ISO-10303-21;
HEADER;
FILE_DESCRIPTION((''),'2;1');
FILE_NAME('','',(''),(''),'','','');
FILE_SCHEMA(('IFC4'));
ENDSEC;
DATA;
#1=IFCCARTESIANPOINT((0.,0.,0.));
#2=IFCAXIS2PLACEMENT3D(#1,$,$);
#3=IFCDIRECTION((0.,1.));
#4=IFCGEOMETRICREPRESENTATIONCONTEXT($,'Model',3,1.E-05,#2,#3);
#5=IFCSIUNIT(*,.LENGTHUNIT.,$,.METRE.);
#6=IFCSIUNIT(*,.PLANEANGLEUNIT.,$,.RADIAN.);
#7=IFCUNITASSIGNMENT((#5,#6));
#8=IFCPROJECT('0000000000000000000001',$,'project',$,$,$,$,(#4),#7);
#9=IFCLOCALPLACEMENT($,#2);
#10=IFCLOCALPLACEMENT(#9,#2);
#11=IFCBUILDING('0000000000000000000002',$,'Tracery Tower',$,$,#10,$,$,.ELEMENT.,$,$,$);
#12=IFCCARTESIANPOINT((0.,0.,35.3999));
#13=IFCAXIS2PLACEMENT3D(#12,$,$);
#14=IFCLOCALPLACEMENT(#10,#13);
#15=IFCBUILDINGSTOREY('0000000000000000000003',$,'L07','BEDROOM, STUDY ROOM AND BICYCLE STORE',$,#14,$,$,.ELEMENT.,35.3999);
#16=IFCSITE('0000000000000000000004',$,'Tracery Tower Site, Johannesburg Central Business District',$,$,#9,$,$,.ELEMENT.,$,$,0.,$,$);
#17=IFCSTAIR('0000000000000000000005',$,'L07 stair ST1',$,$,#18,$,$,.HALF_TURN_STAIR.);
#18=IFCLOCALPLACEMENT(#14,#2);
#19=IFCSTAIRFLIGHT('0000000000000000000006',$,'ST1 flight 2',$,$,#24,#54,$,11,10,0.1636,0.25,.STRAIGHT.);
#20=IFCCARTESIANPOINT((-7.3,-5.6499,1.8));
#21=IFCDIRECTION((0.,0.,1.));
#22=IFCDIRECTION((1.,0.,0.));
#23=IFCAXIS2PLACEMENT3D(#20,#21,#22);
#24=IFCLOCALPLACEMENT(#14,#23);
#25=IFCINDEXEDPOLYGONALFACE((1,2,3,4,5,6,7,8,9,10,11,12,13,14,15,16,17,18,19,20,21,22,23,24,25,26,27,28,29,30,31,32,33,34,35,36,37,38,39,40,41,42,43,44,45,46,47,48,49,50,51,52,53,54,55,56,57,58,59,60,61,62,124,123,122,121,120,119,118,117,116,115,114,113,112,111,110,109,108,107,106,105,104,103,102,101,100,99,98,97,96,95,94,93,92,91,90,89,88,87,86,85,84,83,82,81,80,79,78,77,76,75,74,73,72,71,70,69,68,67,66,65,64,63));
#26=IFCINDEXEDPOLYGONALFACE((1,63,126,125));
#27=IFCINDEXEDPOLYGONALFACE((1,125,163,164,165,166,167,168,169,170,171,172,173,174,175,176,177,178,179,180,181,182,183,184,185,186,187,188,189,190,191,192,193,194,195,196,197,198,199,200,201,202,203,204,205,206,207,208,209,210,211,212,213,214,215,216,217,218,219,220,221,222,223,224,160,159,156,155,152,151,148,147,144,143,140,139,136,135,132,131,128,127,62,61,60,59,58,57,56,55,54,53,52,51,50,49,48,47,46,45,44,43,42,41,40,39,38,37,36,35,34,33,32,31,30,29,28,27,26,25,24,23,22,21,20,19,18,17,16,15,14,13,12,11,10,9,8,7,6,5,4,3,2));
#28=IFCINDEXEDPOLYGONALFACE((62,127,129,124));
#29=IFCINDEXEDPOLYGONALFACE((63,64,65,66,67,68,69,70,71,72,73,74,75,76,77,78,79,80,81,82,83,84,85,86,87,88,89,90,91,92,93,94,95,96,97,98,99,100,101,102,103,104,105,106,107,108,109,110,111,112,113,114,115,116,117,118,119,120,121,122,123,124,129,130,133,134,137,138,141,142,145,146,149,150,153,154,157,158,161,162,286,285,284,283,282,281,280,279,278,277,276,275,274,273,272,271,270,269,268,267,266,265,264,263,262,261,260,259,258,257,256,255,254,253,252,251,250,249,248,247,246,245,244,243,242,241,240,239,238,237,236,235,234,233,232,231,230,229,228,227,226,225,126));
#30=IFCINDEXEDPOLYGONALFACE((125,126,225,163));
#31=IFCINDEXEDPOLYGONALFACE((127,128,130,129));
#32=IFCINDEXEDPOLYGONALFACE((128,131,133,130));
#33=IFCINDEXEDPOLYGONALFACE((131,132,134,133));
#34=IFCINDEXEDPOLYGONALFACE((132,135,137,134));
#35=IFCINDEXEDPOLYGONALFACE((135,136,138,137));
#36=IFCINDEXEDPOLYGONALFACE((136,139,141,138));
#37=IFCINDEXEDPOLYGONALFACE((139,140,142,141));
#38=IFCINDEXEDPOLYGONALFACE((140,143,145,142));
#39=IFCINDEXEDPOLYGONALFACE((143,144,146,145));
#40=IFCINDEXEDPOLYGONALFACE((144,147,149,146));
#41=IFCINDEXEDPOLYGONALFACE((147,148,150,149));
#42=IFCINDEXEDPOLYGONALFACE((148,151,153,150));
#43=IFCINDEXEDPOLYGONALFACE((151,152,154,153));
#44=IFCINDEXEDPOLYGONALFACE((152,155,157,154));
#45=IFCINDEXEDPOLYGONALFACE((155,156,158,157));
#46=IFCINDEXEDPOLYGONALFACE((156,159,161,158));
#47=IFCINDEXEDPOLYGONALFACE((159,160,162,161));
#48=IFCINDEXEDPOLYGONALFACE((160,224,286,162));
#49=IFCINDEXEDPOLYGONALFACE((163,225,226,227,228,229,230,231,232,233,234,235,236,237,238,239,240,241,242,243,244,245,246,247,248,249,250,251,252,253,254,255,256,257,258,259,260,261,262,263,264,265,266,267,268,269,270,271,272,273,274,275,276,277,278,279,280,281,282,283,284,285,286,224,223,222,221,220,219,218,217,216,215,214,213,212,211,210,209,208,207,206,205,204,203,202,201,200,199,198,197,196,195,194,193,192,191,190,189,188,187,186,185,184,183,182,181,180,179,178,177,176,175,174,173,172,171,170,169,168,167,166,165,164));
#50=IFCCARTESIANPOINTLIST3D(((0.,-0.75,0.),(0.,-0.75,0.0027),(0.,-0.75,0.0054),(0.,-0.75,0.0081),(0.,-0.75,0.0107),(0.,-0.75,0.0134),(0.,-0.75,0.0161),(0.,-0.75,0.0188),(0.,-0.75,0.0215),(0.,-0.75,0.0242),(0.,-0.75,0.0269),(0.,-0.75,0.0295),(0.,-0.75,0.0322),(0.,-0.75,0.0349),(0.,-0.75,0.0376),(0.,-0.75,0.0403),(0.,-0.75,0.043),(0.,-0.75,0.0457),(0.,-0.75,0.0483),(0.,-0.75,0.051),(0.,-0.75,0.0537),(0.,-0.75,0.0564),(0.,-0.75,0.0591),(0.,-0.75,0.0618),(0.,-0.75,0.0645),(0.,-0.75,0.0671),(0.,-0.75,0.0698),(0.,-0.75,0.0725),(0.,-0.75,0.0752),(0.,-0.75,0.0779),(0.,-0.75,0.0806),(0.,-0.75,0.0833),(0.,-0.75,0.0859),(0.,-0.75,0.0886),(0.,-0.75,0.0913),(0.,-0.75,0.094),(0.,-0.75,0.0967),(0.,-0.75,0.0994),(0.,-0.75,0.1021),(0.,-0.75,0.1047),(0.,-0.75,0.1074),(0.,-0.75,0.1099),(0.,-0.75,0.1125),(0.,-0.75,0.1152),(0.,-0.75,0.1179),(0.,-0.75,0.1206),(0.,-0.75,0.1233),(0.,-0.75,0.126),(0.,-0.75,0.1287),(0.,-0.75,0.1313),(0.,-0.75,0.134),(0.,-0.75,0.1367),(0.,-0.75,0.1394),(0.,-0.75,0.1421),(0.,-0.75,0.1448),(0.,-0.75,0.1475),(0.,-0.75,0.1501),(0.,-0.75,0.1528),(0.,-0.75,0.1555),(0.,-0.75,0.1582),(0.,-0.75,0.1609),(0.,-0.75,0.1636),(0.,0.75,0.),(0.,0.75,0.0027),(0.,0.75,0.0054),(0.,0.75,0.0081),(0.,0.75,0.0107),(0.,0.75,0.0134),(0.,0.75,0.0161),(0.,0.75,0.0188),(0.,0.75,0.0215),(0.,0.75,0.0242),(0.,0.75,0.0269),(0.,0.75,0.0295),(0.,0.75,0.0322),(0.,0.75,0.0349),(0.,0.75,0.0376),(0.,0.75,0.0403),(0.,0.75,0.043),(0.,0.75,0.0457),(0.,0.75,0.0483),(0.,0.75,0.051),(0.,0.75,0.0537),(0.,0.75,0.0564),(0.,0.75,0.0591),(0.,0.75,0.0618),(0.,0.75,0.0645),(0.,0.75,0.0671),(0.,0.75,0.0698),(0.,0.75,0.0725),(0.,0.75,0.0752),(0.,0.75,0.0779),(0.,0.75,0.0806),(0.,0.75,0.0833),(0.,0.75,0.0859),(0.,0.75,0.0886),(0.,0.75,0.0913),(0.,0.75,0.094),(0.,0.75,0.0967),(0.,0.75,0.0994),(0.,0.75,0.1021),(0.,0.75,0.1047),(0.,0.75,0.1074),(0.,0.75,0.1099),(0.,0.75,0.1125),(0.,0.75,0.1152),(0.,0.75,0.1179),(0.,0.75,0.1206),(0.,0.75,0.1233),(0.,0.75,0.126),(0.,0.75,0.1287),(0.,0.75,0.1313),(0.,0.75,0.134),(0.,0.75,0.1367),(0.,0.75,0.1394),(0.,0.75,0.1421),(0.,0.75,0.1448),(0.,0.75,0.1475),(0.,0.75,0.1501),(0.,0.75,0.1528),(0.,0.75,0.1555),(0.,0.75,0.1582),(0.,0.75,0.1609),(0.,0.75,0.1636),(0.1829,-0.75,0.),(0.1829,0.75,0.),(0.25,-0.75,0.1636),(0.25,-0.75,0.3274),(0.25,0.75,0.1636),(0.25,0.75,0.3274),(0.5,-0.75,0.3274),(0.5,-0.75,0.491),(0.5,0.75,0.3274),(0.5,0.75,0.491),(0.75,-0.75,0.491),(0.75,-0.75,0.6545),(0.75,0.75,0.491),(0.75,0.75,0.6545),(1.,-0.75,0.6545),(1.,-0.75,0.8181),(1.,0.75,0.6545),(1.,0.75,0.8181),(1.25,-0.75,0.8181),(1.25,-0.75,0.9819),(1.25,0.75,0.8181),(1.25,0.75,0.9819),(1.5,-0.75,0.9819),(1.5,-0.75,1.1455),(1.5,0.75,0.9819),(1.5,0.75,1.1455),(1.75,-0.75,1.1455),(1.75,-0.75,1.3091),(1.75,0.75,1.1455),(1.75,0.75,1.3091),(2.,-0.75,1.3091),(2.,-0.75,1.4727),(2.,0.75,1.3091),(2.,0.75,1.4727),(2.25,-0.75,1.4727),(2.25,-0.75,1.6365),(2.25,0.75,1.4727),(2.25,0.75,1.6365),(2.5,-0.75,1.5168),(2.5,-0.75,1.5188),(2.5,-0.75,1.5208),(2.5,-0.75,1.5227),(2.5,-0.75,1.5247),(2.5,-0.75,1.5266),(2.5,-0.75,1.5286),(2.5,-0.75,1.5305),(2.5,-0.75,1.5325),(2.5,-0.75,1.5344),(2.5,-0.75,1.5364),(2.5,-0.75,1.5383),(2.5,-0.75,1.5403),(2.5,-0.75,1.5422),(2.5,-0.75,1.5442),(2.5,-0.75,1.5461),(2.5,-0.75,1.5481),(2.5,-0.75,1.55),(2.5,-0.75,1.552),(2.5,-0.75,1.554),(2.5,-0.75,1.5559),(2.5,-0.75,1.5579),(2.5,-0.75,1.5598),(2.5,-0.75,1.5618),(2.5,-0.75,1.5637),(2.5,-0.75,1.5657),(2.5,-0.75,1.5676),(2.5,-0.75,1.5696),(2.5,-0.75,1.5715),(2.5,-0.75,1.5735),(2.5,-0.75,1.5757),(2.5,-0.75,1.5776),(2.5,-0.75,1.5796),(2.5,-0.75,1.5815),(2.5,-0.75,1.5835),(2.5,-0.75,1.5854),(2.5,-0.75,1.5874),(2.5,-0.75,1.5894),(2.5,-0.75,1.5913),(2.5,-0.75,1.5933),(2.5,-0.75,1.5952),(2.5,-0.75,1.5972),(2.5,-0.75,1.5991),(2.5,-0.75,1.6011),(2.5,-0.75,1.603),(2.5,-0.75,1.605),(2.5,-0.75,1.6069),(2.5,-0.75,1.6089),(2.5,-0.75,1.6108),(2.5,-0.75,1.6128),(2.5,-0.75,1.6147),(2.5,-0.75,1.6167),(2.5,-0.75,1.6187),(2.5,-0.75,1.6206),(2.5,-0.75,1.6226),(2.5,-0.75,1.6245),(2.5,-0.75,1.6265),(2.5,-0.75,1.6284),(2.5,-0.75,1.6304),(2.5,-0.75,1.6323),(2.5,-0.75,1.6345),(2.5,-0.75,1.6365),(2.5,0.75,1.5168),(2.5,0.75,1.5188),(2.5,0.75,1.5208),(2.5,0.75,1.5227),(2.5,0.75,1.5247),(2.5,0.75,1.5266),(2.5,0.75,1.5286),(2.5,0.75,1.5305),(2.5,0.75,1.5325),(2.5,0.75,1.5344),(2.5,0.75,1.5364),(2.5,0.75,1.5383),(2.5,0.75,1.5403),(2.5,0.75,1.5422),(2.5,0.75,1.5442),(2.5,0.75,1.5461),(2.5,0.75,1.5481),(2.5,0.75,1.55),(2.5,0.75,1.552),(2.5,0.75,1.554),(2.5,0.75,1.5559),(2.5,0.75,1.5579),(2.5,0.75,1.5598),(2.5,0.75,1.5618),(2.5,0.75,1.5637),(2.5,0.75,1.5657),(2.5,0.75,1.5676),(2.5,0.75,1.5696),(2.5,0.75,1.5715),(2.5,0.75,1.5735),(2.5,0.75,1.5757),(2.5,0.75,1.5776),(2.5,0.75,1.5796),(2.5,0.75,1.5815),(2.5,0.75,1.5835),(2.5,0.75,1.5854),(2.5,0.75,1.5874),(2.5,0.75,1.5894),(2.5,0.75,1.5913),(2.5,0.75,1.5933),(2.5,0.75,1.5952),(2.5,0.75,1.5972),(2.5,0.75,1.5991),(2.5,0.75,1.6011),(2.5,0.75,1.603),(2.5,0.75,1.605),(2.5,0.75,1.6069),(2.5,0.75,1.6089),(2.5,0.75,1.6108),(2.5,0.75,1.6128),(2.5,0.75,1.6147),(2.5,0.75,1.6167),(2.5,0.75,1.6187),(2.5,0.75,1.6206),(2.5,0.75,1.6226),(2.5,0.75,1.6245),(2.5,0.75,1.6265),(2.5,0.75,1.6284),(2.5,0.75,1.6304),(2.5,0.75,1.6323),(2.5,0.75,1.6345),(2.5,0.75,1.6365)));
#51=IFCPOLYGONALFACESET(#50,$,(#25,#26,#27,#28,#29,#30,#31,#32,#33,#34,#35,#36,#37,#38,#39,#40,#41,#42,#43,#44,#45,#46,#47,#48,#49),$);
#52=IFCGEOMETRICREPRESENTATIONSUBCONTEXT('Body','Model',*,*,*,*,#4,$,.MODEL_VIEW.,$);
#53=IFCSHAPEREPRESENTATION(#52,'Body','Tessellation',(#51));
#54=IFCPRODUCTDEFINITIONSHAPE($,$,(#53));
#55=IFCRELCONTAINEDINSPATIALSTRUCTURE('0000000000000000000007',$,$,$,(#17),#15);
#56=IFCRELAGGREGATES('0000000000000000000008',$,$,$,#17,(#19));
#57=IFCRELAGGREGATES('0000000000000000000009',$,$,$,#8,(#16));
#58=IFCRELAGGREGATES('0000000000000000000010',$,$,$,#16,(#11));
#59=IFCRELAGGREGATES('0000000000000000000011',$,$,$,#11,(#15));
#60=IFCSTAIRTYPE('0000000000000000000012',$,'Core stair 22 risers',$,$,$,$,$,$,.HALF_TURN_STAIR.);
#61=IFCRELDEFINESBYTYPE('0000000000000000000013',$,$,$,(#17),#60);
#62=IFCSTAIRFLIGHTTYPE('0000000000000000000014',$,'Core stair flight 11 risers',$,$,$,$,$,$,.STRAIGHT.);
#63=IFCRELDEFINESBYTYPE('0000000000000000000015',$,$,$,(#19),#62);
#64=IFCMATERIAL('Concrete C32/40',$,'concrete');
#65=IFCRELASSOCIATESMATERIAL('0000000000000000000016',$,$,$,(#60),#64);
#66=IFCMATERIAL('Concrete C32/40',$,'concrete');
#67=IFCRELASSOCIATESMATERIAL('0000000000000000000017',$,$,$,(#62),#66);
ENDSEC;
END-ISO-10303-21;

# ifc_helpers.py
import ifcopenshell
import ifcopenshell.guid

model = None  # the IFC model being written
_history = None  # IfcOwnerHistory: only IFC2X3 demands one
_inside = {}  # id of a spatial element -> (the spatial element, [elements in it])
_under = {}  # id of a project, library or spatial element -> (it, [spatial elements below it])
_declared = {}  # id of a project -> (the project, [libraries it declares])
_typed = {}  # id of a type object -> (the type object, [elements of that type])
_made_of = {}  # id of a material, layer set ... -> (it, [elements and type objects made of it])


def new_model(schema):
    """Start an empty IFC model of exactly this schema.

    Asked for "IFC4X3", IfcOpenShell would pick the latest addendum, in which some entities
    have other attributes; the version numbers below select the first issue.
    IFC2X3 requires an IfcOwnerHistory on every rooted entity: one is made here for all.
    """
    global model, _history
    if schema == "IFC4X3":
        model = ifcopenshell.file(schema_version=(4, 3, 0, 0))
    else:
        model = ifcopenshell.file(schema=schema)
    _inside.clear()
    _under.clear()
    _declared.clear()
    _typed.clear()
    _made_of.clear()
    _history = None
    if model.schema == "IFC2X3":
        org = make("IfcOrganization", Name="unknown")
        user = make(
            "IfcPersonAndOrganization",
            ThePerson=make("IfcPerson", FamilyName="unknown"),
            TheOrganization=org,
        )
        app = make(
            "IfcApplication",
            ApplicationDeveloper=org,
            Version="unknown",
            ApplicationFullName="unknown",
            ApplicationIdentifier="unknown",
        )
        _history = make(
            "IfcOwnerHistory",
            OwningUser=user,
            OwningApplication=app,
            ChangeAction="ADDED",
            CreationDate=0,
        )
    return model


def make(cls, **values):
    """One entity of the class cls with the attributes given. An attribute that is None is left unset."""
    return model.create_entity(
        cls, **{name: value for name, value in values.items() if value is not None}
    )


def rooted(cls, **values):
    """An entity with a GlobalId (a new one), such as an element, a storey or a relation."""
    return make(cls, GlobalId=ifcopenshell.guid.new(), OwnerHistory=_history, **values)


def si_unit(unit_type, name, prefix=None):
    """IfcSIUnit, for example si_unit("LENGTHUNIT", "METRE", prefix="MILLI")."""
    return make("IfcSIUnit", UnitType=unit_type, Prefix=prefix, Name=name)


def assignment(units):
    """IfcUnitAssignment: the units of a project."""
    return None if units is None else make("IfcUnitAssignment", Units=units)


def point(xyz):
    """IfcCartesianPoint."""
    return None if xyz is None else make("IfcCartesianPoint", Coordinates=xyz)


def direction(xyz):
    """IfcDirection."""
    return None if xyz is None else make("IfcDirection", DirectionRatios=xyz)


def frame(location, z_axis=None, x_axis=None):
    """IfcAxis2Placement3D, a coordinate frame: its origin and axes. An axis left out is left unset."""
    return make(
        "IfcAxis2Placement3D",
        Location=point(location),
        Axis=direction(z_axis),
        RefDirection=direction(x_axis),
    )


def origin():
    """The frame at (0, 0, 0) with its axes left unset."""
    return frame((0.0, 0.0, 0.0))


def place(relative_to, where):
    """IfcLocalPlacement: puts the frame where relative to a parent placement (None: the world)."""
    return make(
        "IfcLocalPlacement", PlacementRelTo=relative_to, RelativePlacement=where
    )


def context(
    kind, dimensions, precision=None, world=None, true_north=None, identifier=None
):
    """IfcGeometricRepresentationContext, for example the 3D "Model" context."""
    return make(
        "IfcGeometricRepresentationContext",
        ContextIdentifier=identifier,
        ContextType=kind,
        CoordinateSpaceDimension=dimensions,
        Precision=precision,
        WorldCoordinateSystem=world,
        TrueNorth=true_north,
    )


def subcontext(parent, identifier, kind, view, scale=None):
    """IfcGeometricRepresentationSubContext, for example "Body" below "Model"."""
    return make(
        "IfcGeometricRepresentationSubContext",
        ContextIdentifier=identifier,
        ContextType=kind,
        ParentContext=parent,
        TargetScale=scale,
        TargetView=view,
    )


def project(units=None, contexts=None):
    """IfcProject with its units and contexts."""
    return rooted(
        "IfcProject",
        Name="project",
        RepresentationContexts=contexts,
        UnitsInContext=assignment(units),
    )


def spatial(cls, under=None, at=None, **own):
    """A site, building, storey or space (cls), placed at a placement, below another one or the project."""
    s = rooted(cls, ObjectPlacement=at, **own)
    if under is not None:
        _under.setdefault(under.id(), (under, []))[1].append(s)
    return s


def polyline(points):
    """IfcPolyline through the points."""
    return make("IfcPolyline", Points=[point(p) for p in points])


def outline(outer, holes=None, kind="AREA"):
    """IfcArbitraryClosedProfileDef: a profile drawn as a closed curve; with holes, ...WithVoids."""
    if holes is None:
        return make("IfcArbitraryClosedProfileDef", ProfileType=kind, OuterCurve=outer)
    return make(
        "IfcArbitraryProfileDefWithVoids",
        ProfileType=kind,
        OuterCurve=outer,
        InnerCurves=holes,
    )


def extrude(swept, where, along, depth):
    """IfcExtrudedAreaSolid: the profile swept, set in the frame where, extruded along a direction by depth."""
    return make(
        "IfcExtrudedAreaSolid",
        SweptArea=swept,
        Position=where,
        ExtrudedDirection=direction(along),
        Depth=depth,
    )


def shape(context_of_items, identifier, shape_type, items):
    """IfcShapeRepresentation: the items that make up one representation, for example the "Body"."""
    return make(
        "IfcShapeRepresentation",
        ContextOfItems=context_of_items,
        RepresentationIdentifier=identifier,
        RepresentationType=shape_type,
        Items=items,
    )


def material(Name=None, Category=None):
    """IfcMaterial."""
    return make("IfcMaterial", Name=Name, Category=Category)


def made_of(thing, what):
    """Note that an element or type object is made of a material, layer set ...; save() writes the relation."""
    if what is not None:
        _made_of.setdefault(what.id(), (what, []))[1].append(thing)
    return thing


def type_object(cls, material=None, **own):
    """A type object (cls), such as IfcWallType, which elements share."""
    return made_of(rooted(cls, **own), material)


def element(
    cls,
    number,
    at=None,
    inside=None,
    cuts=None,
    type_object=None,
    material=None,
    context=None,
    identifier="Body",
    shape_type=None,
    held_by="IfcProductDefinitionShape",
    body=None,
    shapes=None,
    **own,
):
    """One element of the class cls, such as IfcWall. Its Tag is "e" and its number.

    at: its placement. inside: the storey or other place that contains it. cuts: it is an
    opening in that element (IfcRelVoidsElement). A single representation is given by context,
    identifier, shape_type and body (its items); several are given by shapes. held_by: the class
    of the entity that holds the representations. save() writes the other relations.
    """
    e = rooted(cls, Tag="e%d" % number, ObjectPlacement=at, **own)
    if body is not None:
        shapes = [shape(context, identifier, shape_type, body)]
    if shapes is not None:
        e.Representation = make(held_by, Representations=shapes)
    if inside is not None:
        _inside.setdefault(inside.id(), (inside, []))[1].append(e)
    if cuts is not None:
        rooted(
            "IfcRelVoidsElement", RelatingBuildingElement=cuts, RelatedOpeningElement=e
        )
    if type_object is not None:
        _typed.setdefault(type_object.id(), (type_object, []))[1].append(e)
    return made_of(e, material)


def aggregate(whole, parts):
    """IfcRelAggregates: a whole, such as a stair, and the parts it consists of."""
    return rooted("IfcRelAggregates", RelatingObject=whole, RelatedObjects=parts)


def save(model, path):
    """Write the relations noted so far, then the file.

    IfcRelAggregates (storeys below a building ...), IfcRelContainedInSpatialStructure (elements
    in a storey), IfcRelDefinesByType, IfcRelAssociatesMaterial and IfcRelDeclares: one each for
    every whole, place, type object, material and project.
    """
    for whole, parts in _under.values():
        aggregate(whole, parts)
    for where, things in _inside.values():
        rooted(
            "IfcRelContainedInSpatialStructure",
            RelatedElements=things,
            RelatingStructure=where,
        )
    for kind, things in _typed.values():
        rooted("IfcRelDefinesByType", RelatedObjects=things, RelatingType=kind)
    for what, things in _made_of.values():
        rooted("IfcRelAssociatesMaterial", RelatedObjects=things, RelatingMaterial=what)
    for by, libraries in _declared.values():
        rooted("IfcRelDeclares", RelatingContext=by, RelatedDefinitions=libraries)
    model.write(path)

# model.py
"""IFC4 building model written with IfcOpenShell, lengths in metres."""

from ifc_helpers import new_model, si_unit, direction, frame, origin, place, context, subcontext, project, spatial, polyline, outline, extrude, material, type_object, element, aggregate, save


model = new_model("IFC4")

# Units and contexts
model_context = context("Model", 3, precision=1e-05, world=origin(), true_north=direction((0.0, 1.0)))
body_context = subcontext(model_context, "Body", "Model", "MODEL_VIEW")
ifc_project = project(units=[si_unit("LENGTHUNIT", "METRE"), si_unit("PLANEANGLEUNIT", "RADIAN")], contexts=[model_context])

# Site, building, storey
site_placement = place(None, origin())
site = spatial("IfcSite", under=ifc_project, at=site_placement, Name="Tracery Tower Site, Johannesburg Central Business District", CompositionType="ELEMENT", RefElevation=0.0)
building_placement = place(site_placement, origin())
building = spatial("IfcBuilding", under=site, at=building_placement, Name="Tracery Tower", CompositionType="ELEMENT")
storey_placement = place(building_placement, frame((0.0, 0.0, 35.3999)))
storey = spatial("IfcBuildingStorey", under=building, at=storey_placement, Name="L07", Description="BEDROOM, STUDY ROOM AND BICYCLE STORE", CompositionType="ELEMENT", Elevation=35.3999)

# Stair, stair flight
ifc_material_1 = material(Name="Concrete C32/40", Category="concrete")
stair_type = type_object("IfcStairType", Name="Core stair 22 risers", PredefinedType="HALF_TURN_STAIR", material=ifc_material_1)
stair_placement = place(storey_placement, origin())
stair = element("IfcStair", 1, at=stair_placement, inside=storey, type_object=stair_type, Name="L07 stair ST1", PredefinedType="HALF_TURN_STAIR")
ifc_material_2 = material(Name="Concrete C32/40", Category="concrete")
stair_flight_type = type_object("IfcStairFlightType", Name="Core stair flight 11 risers", PredefinedType="STRAIGHT", material=ifc_material_2)
stair_flight_1_placement = place(storey_placement, frame((-7.3, -5.6499, 1.8), z_axis=(0.0, 0.0, 1.0), x_axis=(1.0, 0.0, 0.0)))
stair_flight_1 = element("IfcStairFlight", 2, at=stair_flight_1_placement, type_object=stair_flight_type, Name="ST1 flight 2", NumberOfRisers=11, NumberOfTreads=10, PredefinedType="STRAIGHT", RiserHeight=0.1636, TreadLength=0.25, context=body_context, shape_type="SweptSolid", body=[
    extrude(outline(polyline([(0.0, 0.0), (0.0, 0.0027), (0.0, 0.0054), (0.0, 0.0081), (0.0, 0.0107), (0.0, 0.0134), (0.0, 0.0161), (0.0, 0.0188), (0.0, 0.0215), (0.0, 0.0242), (0.0, 0.0269), (0.0, 0.0295), (0.0, 0.0322), (0.0, 0.0349), (0.0, 0.0376), (0.0, 0.0403), (0.0, 0.043), (0.0, 0.0457), (0.0, 0.0483), (0.0, 0.051), (0.0, 0.0537), (0.0, 0.0564), (0.0, 0.0591), (0.0, 0.0618), (0.0, 0.0645), (0.0, 0.0671), (0.0, 0.0698), (0.0, 0.0725), (0.0, 0.0752), (0.0, 0.0779), (0.0, 0.0806), (0.0, 0.0833), (0.0, 0.0859), (0.0, 0.0886), (0.0, 0.0913), (0.0, 0.094), (0.0, 0.0967), (0.0, 0.0994), (0.0, 0.1021), (0.0, 0.1047), (0.0, 0.1074), (0.0, 0.1099), (0.0, 0.1125), (0.0, 0.1152), (0.0, 0.1179), (0.0, 0.1206), (0.0, 0.1233), (0.0, 0.126), (0.0, 0.1287), (0.0, 0.1313), (0.0, 0.134), (0.0, 0.1367), (0.0, 0.1394), (0.0, 0.1421), (0.0, 0.1448), (0.0, 0.1475), (0.0, 0.1501), (0.0, 0.1528), (0.0, 0.1555), (0.0, 0.1582), (0.0, 0.1609), (0.0, 0.1636), (0.25, 0.1636), (0.25, 0.3274), (0.5, 0.3274), (0.5, 0.491), (0.75, 0.491), (0.75, 0.6545), (1.0, 0.6545), (1.0, 0.8181), (1.25, 0.8181), (1.25, 0.9819), (1.5, 0.9819), (1.5, 1.1455), (1.75, 1.1455), (1.75, 1.3091), (2.0, 1.3091), (2.0, 1.4727), (2.25, 1.4727), (2.25, 1.6365), (2.5, 1.6365), (2.5, 1.6345), (2.5, 1.6323), (2.5, 1.6304), (2.5, 1.6284), (2.5, 1.6265), (2.5, 1.6245), (2.5, 1.6226), (2.5, 1.6206), (2.5, 1.6187), (2.5, 1.6167), (2.5, 1.6147), (2.5, 1.6128), (2.5, 1.6108), (2.5, 1.6089), (2.5, 1.6069), (2.5, 1.605), (2.5, 1.603), (2.5, 1.6011), (2.5, 1.5991), (2.5, 1.5972), (2.5, 1.5952), (2.5, 1.5933), (2.5, 1.5913), (2.5, 1.5894), (2.5, 1.5874), (2.5, 1.5854), (2.5, 1.5835), (2.5, 1.5815), (2.5, 1.5796), (2.5, 1.5776), (2.5, 1.5757), (2.5, 1.5735), (2.5, 1.5715), (2.5, 1.5696), (2.5, 1.5676), (2.5, 1.5657), (2.5, 1.5637), (2.5, 1.5618), (2.5, 1.5598), (2.5, 1.5579), (2.5, 1.5559), (2.5, 1.554), (2.5, 1.552), (2.5, 1.55), (2.5, 1.5481), (2.5, 1.5461), (2.5, 1.5442), (2.5, 1.5422), (2.5, 1.5403), (2.5, 1.5383), (2.5, 1.5364), (2.5, 1.5344), (2.5, 1.5325), (2.5, 1.5305), (2.5, 1.5286), (2.5, 1.5266), (2.5, 1.5247), (2.5, 1.5227), (2.5, 1.5208), (2.5, 1.5188), (2.5, 1.5168), (0.1829, 0.0), (0.0, 0.0)])), frame((0.0, 0.75, 0.0), z_axis=(0.0, -1.0, 0.0), x_axis=(1.0, 0.0, 0.0)), (0.0, 0.0, 1.0), 1.5),
])
aggregate(stair, [stair_flight_1])

save(model, "model.ifc")
